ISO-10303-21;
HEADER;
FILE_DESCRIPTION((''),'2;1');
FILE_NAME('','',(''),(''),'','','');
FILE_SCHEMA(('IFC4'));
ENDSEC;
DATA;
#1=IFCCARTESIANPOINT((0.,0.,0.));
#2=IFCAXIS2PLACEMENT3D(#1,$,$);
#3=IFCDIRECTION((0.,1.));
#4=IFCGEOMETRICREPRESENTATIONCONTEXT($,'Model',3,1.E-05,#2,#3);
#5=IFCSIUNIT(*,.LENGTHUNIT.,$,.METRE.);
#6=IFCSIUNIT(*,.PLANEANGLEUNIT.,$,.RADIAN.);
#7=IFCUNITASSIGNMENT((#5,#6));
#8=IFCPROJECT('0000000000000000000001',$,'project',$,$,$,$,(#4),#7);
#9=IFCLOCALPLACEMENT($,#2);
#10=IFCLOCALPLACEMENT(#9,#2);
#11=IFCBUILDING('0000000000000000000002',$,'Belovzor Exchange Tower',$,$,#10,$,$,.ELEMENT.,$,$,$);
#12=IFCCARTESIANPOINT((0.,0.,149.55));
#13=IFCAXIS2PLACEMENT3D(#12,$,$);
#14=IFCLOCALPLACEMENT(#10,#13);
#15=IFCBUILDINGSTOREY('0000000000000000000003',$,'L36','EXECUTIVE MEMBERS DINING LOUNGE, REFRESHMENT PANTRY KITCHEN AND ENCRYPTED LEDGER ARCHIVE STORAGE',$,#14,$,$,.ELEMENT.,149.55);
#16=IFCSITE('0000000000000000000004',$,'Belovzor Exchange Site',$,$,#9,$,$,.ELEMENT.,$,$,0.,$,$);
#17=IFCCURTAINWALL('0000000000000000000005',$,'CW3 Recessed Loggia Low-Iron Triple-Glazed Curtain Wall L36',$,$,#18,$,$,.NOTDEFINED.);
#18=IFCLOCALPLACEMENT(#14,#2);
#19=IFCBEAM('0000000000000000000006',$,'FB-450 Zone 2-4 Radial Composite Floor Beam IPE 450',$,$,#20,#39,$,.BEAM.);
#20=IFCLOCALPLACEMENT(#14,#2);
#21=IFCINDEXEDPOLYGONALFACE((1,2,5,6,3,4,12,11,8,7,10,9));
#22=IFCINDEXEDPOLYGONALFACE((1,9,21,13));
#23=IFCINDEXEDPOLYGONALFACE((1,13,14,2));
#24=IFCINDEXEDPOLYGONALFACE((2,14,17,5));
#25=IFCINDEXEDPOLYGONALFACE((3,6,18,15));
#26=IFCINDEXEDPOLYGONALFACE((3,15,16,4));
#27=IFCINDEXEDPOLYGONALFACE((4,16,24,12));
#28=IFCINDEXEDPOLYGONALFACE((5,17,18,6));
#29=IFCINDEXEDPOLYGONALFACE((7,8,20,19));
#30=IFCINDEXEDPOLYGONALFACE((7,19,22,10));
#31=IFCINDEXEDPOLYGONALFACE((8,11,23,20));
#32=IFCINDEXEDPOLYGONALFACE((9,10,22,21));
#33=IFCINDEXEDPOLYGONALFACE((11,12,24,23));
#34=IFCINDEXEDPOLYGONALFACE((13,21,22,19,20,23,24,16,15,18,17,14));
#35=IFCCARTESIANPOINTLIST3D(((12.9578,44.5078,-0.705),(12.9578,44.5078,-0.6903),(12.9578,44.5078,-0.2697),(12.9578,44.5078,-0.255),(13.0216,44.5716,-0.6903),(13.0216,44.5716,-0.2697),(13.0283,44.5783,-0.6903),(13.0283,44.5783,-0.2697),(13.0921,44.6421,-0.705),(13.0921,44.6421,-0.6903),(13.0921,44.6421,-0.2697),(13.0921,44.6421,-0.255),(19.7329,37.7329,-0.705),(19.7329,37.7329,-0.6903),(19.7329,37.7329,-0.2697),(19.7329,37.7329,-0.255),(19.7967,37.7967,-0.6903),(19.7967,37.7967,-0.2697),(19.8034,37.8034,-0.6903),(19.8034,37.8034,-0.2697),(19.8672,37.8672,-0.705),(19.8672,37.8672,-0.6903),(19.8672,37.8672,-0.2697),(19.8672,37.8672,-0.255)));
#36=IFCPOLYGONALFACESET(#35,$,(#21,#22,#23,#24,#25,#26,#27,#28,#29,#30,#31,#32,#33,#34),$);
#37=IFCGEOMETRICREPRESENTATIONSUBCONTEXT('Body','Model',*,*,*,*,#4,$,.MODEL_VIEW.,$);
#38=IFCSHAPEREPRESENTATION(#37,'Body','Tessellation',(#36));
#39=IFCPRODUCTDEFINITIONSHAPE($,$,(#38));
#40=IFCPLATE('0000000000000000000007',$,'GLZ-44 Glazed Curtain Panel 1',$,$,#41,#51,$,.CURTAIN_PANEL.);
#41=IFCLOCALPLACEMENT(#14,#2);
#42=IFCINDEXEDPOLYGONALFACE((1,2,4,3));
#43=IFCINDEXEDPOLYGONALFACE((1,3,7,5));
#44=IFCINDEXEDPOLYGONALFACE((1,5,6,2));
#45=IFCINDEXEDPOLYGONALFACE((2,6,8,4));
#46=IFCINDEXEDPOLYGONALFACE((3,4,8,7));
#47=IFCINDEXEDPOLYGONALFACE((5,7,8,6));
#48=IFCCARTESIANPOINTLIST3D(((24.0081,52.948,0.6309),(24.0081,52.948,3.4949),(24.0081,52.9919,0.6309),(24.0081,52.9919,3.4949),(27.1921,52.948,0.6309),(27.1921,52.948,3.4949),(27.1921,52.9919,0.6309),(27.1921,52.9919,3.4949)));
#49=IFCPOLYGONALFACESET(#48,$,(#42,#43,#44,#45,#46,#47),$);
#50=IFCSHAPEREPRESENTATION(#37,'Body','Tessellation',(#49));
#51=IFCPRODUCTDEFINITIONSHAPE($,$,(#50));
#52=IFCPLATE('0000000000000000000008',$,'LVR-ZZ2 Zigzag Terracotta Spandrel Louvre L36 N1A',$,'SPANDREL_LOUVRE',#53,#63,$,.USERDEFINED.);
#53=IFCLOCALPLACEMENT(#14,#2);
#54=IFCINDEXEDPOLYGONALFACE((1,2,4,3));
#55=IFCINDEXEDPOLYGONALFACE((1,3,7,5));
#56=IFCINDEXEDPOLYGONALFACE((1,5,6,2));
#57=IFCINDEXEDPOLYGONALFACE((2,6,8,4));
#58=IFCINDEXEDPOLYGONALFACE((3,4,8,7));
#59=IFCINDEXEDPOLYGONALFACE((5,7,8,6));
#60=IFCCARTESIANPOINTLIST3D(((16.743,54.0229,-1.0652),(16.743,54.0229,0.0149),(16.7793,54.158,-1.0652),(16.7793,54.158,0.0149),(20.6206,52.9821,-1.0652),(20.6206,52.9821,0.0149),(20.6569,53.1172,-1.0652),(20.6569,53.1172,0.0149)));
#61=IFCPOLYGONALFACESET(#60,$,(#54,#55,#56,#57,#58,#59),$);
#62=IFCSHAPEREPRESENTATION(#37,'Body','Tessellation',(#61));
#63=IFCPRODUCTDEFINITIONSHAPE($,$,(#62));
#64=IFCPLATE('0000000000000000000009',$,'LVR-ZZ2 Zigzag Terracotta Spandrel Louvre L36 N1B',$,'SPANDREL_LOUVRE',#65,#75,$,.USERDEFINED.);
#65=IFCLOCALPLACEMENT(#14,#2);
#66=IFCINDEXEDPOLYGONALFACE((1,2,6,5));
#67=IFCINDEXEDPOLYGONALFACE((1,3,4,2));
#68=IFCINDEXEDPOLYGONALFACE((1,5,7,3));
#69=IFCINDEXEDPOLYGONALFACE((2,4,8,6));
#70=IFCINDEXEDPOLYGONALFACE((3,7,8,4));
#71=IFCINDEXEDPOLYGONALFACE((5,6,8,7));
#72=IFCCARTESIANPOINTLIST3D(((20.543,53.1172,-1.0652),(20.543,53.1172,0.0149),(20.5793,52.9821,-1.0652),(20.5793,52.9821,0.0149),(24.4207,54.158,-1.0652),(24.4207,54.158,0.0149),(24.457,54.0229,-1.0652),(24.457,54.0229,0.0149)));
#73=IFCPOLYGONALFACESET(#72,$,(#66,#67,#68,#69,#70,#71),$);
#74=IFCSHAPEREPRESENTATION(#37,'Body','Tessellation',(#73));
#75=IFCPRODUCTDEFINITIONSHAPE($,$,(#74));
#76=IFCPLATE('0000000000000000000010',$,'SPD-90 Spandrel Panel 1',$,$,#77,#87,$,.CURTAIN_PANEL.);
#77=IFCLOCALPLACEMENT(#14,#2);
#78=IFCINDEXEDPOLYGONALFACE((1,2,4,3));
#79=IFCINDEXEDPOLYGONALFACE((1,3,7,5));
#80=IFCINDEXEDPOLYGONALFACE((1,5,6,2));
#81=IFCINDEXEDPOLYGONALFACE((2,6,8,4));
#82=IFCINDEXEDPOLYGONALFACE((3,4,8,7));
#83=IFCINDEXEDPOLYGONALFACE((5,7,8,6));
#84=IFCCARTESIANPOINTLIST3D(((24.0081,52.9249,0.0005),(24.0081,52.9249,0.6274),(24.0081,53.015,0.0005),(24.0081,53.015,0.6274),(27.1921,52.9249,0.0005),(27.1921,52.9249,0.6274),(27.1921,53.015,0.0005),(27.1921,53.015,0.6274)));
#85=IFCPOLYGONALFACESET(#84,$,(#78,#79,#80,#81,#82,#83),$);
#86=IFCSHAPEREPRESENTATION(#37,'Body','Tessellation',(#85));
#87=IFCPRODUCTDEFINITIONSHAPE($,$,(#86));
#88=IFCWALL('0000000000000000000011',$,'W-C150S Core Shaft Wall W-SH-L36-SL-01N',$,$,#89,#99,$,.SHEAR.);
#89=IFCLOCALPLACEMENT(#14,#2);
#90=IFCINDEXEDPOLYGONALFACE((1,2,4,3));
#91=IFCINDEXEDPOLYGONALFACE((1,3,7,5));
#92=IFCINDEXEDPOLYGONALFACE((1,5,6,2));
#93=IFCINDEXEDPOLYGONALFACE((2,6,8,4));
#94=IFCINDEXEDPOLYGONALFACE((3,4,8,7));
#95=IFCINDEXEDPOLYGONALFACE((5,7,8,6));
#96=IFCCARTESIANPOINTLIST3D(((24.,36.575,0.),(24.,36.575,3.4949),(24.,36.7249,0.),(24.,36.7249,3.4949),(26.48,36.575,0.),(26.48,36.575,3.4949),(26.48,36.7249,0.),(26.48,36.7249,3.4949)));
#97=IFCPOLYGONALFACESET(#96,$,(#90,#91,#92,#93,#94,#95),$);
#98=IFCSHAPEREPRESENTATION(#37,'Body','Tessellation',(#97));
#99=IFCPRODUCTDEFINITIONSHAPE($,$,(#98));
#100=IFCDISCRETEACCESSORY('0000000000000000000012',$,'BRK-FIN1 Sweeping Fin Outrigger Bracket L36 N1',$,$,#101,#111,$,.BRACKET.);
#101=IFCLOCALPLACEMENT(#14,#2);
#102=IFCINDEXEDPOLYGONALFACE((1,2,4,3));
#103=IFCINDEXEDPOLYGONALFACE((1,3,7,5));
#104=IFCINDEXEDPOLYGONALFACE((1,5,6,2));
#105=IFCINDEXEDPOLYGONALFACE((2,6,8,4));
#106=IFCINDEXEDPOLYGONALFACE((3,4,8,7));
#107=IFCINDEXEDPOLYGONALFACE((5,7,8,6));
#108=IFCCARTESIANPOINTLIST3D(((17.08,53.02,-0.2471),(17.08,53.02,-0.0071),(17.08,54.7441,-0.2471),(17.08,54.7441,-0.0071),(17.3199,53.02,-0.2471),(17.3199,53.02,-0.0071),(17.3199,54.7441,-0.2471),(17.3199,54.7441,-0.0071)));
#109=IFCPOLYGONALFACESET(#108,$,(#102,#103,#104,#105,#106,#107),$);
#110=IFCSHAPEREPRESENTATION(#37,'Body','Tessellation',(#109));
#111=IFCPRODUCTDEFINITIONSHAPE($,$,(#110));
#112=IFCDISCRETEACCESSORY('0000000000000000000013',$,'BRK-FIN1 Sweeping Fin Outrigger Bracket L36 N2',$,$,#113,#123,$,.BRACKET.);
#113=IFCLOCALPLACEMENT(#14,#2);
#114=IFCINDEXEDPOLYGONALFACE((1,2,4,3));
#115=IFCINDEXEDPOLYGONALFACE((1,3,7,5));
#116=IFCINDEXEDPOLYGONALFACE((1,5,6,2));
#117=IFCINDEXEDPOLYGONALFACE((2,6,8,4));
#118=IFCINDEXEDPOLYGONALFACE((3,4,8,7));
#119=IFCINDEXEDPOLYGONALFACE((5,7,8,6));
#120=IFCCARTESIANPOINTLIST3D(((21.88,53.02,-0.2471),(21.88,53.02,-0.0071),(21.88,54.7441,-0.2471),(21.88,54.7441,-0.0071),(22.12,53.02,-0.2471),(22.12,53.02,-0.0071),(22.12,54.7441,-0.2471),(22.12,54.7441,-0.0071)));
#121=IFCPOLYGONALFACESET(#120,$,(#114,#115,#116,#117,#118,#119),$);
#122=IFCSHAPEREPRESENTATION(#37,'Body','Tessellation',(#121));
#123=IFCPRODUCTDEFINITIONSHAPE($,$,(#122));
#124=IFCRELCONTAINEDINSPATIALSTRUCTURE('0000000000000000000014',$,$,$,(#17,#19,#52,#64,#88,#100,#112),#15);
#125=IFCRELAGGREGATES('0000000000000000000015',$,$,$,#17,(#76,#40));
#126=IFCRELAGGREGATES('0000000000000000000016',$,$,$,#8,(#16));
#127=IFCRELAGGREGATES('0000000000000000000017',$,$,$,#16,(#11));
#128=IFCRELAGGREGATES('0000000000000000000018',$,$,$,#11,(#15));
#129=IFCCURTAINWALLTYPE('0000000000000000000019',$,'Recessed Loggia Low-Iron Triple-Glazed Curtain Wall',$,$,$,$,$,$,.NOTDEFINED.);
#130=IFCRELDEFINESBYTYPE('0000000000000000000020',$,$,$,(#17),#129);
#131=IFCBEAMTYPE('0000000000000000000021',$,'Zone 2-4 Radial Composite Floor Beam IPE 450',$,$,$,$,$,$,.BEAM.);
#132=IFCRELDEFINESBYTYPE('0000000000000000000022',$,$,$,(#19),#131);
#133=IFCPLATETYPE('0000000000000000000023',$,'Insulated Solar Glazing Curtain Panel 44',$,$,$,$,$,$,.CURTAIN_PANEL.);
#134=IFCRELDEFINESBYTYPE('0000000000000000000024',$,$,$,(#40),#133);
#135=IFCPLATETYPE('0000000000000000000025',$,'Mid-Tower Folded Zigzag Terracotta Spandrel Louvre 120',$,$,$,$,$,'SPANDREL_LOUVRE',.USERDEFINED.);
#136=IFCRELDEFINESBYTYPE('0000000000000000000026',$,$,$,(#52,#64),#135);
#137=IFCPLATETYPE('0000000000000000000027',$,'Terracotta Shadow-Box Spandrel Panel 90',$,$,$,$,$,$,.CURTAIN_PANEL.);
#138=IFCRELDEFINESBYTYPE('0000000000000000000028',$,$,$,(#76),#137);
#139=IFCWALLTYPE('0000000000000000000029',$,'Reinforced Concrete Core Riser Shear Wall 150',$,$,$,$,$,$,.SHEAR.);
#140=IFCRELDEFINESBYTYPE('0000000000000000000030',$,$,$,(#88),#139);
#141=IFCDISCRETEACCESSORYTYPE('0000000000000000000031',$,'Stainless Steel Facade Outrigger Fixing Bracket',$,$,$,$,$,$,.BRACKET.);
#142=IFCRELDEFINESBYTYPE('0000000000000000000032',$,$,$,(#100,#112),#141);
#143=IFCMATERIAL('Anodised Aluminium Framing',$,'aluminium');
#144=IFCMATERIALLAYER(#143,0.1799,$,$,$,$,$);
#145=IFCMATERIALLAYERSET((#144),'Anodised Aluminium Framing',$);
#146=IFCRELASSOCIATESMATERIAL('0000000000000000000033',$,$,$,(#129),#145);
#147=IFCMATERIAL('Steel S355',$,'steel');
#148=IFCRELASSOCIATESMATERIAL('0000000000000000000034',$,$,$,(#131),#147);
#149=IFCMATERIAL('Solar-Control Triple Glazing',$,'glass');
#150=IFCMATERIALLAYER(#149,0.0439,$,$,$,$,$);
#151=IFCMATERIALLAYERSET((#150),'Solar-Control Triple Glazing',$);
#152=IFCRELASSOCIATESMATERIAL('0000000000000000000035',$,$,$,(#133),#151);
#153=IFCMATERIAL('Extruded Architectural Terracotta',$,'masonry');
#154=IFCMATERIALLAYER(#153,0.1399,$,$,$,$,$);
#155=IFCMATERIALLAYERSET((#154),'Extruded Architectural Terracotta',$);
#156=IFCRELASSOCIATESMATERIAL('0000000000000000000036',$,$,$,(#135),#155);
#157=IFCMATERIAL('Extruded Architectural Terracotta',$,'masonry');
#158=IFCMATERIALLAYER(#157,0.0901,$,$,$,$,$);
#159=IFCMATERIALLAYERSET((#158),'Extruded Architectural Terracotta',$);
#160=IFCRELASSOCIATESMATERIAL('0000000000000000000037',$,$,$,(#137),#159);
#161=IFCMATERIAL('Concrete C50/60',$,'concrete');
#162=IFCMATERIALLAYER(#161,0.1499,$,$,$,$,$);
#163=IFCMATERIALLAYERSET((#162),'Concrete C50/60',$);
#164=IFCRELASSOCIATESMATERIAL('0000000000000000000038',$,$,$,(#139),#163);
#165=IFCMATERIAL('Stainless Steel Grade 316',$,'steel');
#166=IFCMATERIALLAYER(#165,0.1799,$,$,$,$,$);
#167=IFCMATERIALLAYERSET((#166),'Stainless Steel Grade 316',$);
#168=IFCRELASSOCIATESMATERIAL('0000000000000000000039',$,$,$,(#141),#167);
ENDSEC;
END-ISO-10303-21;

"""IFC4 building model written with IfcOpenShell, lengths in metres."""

from ifc_helpers import new_model, si_unit, direction, frame, frame_2d, origin, origin_2d, place, context, subcontext, project, spatial, rectangle, i_section, extrude, material, layer, layer_set, material_profile, profile_set, type_object, element, aggregate, save


model = new_model("IFC4")

# Units and contexts
model_context = context("Model", 3, precision=1e-05, world=origin(), true_north=direction((0.0, 1.0)))
body_context = subcontext(model_context, "Body", "Model", "MODEL_VIEW")
ifc_project = project(units=[si_unit("LENGTHUNIT", "METRE"), si_unit("PLANEANGLEUNIT", "RADIAN")], contexts=[model_context])

# Site, building, storey
site_placement = place(None, origin())
site = spatial("IfcSite", under=ifc_project, at=site_placement, Name="Belovzor Exchange Site", CompositionType="ELEMENT", RefElevation=0.0)
building_placement = place(site_placement, origin())
building = spatial("IfcBuilding", under=site, at=building_placement, Name="Belovzor Exchange Tower", CompositionType="ELEMENT")
storey_placement = place(building_placement, frame((0.0, 0.0, 149.55)))
storey = spatial("IfcBuildingStorey", under=building, at=storey_placement, Name="L36", Description="EXECUTIVE MEMBERS DINING LOUNGE, REFRESHMENT PANTRY KITCHEN AND ENCRYPTED LEDGER ARCHIVE STORAGE", CompositionType="ELEMENT", Elevation=149.55)

# Curtain wall
ifc_material_1 = material(Name="Anodised Aluminium Framing", Category="aluminium")
ifc_layer_1 = layer(ifc_material_1, 0.1799)
ifc_layer_set_1 = layer_set([ifc_layer_1], Name="Anodised Aluminium Framing")
curtain_wall_type = type_object("IfcCurtainWallType", Name="Recessed Loggia Low-Iron Triple-Glazed Curtain Wall", PredefinedType="NOTDEFINED", material=ifc_layer_set_1)
curtain_wall_placement = place(storey_placement, origin())
curtain_wall = element("IfcCurtainWall", 1, at=curtain_wall_placement, inside=storey, type_object=curtain_wall_type, Name="CW3 Recessed Loggia Low-Iron Triple-Glazed Curtain Wall L36", PredefinedType="NOTDEFINED")

# Beam
ifc_material_2 = material(Name="Steel S355", Category="steel")
ifc_material_profile_1 = material_profile(ifc_material_2, i_section(OverallWidth=0.1899, OverallDepth=0.45, WebThickness=0.0095, FlangeThickness=0.0146, at=origin_2d()))
ifc_profile_set_1 = profile_set([ifc_material_profile_1], Name="Steel S355")
beam_type_1 = type_object("IfcBeamType", Name="Zone 2-4 Radial Composite Floor Beam IPE 450", PredefinedType="BEAM", material=ifc_profile_set_1)
beam_1_placement = place(storey_placement, frame((19.8, 37.8, -0.48), z_axis=(-0.70712, 0.707094, 0.0), x_axis=(-0.707094, -0.70712, 0.0)))
element("IfcBeam", 2, at=beam_1_placement, inside=storey, type_object=beam_type_1, Name="FB-450 Zone 2-4 Radial Composite Floor Beam IPE 450", PredefinedType="BEAM", context=body_context, shape_type="SweptSolid", body=[
    extrude(i_section(OverallWidth=0.1899, OverallDepth=0.45, WebThickness=0.0095, FlangeThickness=0.0146, at=origin_2d()), origin(), (0.0, 0.0, 1.0), 9.5813),
])

# Plate
ifc_material_3 = material(Name="Solar-Control Triple Glazing", Category="glass")
ifc_layer_2 = layer(ifc_material_3, 0.0439)
ifc_layer_set_2 = layer_set([ifc_layer_2], Name="Solar-Control Triple Glazing")
plate_type_1 = type_object("IfcPlateType", Name="Insulated Solar Glazing Curtain Panel 44", PredefinedType="CURTAIN_PANEL", material=ifc_layer_set_2)
plate_1_placement = place(storey_placement, frame((25.6001, 52.97, 0.6309), z_axis=(0.0, 0.0, 1.0), x_axis=(1.0, 0.0, 0.0)))
plate_1 = element("IfcPlate", 3, at=plate_1_placement, type_object=plate_type_1, Name="GLZ-44 Glazed Curtain Panel 1", PredefinedType="CURTAIN_PANEL", context=body_context, shape_type="SweptSolid", body=[
    extrude(rectangle(XDim=3.1841, YDim=0.0439, at=origin_2d()), origin(), (0.0, 0.0, 1.0), 2.864),
])

# Plates
ifc_material_4 = material(Name="Extruded Architectural Terracotta", Category="masonry")
ifc_layer_3 = layer(ifc_material_4, 0.1399)
ifc_layer_set_3 = layer_set([ifc_layer_3], Name="Extruded Architectural Terracotta")
plate_type_2 = type_object("IfcPlateType", Name="Mid-Tower Folded Zigzag Terracotta Spandrel Louvre 120", ElementType="SPANDREL_LOUVRE", PredefinedType="USERDEFINED", material=ifc_layer_set_3)
for number, where, z_axis, x_axis, name in (
    (4, (18.7, 53.5701, -1.0652), (0.0, 0.0, 1.0), (0.965813, -0.25924, 0.0), "LVR-ZZ2 Zigzag Terracotta Spandrel Louvre L36 N1A"),
    (5, (22.5, 53.5701, -1.0652), (0.0, 0.0, 1.0), (0.965813, 0.25924, 0.0), "LVR-ZZ2 Zigzag Terracotta Spandrel Louvre L36 N1B"),
):
    element("IfcPlate", number, at=place(storey_placement, frame(where, z_axis=z_axis, x_axis=x_axis)), inside=storey, type_object=plate_type_2, Name=name, ObjectType="SPANDREL_LOUVRE", PredefinedType="USERDEFINED", context=body_context, shape_type="SweptSolid", body=[
        extrude(rectangle(XDim=4.0149, YDim=0.1399, at=origin_2d()), origin(), (0.0, 0.0, 1.0), 1.0801),
    ])

# Plate
ifc_material_5 = material(Name="Extruded Architectural Terracotta", Category="masonry")
ifc_layer_4 = layer(ifc_material_5, 0.0901)
ifc_layer_set_4 = layer_set([ifc_layer_4], Name="Extruded Architectural Terracotta")
plate_type_3 = type_object("IfcPlateType", Name="Terracotta Shadow-Box Spandrel Panel 90", PredefinedType="CURTAIN_PANEL", material=ifc_layer_set_4)
plate_2_placement = place(storey_placement, frame((25.6001, 52.97, 0.0005), z_axis=(0.0, 0.0, 1.0), x_axis=(1.0, 0.0, 0.0)))
plate_2 = element("IfcPlate", 6, at=plate_2_placement, type_object=plate_type_3, Name="SPD-90 Spandrel Panel 1", PredefinedType="CURTAIN_PANEL", context=body_context, shape_type="SweptSolid", body=[
    extrude(rectangle(XDim=3.1841, YDim=0.0901, at=origin_2d()), origin(), (0.0, 0.0, 1.0), 0.627),
])
aggregate(curtain_wall, [plate_2, plate_1])

# Wall
ifc_material_6 = material(Name="Concrete C50/60", Category="concrete")
ifc_layer_5 = layer(ifc_material_6, 0.1499)
ifc_layer_set_5 = layer_set([ifc_layer_5], Name="Concrete C50/60")
wall_type_1 = type_object("IfcWallType", Name="Reinforced Concrete Core Riser Shear Wall 150", PredefinedType="SHEAR", material=ifc_layer_set_5)
wall_1_placement = place(storey_placement, frame((24.0, 36.6499, 0.0), z_axis=(0.0, 0.0, 1.0), x_axis=(1.0, 0.0, 0.0)))
element("IfcWall", 7, at=wall_1_placement, inside=storey, type_object=wall_type_1, Name="W-C150S Core Shaft Wall W-SH-L36-SL-01N", PredefinedType="SHEAR", context=body_context, shape_type="SweptSolid", body=[
    extrude(rectangle(XDim=2.48, YDim=0.1499, at=frame_2d((1.24, 0.0))), origin(), (0.0, 0.0, 1.0), 3.4949),
])

# Discrete accessories
ifc_material_7 = material(Name="Stainless Steel Grade 316", Category="steel")
ifc_layer_6 = layer(ifc_material_7, 0.1799)
ifc_layer_set_6 = layer_set([ifc_layer_6], Name="Stainless Steel Grade 316")
discrete_accessory_type = type_object("IfcDiscreteAccessoryType", Name="Stainless Steel Facade Outrigger Fixing Bracket", PredefinedType="BRACKET", material=ifc_layer_set_6)
for number, where, z_axis, x_axis, name in (
    (8, (17.2, 53.8821, -0.2471), (0.0, 0.0, 1.0), (0.0, 1.0, 0.0), "BRK-FIN1 Sweeping Fin Outrigger Bracket L36 N1"),
    (9, (22.0, 53.8821, -0.2471), (0.0, 0.0, 1.0), (0.0, 1.0, 0.0), "BRK-FIN1 Sweeping Fin Outrigger Bracket L36 N2"),
):
    element("IfcDiscreteAccessory", number, at=place(storey_placement, frame(where, z_axis=z_axis, x_axis=x_axis)), inside=storey, type_object=discrete_accessory_type, Name=name, PredefinedType="BRACKET", context=body_context, shape_type="SweptSolid", body=[
        extrude(rectangle(XDim=1.7241, YDim=0.24, at=origin_2d()), origin(), (0.0, 0.0, 1.0), 0.24),
    ])

save(model, "model.ifc")
